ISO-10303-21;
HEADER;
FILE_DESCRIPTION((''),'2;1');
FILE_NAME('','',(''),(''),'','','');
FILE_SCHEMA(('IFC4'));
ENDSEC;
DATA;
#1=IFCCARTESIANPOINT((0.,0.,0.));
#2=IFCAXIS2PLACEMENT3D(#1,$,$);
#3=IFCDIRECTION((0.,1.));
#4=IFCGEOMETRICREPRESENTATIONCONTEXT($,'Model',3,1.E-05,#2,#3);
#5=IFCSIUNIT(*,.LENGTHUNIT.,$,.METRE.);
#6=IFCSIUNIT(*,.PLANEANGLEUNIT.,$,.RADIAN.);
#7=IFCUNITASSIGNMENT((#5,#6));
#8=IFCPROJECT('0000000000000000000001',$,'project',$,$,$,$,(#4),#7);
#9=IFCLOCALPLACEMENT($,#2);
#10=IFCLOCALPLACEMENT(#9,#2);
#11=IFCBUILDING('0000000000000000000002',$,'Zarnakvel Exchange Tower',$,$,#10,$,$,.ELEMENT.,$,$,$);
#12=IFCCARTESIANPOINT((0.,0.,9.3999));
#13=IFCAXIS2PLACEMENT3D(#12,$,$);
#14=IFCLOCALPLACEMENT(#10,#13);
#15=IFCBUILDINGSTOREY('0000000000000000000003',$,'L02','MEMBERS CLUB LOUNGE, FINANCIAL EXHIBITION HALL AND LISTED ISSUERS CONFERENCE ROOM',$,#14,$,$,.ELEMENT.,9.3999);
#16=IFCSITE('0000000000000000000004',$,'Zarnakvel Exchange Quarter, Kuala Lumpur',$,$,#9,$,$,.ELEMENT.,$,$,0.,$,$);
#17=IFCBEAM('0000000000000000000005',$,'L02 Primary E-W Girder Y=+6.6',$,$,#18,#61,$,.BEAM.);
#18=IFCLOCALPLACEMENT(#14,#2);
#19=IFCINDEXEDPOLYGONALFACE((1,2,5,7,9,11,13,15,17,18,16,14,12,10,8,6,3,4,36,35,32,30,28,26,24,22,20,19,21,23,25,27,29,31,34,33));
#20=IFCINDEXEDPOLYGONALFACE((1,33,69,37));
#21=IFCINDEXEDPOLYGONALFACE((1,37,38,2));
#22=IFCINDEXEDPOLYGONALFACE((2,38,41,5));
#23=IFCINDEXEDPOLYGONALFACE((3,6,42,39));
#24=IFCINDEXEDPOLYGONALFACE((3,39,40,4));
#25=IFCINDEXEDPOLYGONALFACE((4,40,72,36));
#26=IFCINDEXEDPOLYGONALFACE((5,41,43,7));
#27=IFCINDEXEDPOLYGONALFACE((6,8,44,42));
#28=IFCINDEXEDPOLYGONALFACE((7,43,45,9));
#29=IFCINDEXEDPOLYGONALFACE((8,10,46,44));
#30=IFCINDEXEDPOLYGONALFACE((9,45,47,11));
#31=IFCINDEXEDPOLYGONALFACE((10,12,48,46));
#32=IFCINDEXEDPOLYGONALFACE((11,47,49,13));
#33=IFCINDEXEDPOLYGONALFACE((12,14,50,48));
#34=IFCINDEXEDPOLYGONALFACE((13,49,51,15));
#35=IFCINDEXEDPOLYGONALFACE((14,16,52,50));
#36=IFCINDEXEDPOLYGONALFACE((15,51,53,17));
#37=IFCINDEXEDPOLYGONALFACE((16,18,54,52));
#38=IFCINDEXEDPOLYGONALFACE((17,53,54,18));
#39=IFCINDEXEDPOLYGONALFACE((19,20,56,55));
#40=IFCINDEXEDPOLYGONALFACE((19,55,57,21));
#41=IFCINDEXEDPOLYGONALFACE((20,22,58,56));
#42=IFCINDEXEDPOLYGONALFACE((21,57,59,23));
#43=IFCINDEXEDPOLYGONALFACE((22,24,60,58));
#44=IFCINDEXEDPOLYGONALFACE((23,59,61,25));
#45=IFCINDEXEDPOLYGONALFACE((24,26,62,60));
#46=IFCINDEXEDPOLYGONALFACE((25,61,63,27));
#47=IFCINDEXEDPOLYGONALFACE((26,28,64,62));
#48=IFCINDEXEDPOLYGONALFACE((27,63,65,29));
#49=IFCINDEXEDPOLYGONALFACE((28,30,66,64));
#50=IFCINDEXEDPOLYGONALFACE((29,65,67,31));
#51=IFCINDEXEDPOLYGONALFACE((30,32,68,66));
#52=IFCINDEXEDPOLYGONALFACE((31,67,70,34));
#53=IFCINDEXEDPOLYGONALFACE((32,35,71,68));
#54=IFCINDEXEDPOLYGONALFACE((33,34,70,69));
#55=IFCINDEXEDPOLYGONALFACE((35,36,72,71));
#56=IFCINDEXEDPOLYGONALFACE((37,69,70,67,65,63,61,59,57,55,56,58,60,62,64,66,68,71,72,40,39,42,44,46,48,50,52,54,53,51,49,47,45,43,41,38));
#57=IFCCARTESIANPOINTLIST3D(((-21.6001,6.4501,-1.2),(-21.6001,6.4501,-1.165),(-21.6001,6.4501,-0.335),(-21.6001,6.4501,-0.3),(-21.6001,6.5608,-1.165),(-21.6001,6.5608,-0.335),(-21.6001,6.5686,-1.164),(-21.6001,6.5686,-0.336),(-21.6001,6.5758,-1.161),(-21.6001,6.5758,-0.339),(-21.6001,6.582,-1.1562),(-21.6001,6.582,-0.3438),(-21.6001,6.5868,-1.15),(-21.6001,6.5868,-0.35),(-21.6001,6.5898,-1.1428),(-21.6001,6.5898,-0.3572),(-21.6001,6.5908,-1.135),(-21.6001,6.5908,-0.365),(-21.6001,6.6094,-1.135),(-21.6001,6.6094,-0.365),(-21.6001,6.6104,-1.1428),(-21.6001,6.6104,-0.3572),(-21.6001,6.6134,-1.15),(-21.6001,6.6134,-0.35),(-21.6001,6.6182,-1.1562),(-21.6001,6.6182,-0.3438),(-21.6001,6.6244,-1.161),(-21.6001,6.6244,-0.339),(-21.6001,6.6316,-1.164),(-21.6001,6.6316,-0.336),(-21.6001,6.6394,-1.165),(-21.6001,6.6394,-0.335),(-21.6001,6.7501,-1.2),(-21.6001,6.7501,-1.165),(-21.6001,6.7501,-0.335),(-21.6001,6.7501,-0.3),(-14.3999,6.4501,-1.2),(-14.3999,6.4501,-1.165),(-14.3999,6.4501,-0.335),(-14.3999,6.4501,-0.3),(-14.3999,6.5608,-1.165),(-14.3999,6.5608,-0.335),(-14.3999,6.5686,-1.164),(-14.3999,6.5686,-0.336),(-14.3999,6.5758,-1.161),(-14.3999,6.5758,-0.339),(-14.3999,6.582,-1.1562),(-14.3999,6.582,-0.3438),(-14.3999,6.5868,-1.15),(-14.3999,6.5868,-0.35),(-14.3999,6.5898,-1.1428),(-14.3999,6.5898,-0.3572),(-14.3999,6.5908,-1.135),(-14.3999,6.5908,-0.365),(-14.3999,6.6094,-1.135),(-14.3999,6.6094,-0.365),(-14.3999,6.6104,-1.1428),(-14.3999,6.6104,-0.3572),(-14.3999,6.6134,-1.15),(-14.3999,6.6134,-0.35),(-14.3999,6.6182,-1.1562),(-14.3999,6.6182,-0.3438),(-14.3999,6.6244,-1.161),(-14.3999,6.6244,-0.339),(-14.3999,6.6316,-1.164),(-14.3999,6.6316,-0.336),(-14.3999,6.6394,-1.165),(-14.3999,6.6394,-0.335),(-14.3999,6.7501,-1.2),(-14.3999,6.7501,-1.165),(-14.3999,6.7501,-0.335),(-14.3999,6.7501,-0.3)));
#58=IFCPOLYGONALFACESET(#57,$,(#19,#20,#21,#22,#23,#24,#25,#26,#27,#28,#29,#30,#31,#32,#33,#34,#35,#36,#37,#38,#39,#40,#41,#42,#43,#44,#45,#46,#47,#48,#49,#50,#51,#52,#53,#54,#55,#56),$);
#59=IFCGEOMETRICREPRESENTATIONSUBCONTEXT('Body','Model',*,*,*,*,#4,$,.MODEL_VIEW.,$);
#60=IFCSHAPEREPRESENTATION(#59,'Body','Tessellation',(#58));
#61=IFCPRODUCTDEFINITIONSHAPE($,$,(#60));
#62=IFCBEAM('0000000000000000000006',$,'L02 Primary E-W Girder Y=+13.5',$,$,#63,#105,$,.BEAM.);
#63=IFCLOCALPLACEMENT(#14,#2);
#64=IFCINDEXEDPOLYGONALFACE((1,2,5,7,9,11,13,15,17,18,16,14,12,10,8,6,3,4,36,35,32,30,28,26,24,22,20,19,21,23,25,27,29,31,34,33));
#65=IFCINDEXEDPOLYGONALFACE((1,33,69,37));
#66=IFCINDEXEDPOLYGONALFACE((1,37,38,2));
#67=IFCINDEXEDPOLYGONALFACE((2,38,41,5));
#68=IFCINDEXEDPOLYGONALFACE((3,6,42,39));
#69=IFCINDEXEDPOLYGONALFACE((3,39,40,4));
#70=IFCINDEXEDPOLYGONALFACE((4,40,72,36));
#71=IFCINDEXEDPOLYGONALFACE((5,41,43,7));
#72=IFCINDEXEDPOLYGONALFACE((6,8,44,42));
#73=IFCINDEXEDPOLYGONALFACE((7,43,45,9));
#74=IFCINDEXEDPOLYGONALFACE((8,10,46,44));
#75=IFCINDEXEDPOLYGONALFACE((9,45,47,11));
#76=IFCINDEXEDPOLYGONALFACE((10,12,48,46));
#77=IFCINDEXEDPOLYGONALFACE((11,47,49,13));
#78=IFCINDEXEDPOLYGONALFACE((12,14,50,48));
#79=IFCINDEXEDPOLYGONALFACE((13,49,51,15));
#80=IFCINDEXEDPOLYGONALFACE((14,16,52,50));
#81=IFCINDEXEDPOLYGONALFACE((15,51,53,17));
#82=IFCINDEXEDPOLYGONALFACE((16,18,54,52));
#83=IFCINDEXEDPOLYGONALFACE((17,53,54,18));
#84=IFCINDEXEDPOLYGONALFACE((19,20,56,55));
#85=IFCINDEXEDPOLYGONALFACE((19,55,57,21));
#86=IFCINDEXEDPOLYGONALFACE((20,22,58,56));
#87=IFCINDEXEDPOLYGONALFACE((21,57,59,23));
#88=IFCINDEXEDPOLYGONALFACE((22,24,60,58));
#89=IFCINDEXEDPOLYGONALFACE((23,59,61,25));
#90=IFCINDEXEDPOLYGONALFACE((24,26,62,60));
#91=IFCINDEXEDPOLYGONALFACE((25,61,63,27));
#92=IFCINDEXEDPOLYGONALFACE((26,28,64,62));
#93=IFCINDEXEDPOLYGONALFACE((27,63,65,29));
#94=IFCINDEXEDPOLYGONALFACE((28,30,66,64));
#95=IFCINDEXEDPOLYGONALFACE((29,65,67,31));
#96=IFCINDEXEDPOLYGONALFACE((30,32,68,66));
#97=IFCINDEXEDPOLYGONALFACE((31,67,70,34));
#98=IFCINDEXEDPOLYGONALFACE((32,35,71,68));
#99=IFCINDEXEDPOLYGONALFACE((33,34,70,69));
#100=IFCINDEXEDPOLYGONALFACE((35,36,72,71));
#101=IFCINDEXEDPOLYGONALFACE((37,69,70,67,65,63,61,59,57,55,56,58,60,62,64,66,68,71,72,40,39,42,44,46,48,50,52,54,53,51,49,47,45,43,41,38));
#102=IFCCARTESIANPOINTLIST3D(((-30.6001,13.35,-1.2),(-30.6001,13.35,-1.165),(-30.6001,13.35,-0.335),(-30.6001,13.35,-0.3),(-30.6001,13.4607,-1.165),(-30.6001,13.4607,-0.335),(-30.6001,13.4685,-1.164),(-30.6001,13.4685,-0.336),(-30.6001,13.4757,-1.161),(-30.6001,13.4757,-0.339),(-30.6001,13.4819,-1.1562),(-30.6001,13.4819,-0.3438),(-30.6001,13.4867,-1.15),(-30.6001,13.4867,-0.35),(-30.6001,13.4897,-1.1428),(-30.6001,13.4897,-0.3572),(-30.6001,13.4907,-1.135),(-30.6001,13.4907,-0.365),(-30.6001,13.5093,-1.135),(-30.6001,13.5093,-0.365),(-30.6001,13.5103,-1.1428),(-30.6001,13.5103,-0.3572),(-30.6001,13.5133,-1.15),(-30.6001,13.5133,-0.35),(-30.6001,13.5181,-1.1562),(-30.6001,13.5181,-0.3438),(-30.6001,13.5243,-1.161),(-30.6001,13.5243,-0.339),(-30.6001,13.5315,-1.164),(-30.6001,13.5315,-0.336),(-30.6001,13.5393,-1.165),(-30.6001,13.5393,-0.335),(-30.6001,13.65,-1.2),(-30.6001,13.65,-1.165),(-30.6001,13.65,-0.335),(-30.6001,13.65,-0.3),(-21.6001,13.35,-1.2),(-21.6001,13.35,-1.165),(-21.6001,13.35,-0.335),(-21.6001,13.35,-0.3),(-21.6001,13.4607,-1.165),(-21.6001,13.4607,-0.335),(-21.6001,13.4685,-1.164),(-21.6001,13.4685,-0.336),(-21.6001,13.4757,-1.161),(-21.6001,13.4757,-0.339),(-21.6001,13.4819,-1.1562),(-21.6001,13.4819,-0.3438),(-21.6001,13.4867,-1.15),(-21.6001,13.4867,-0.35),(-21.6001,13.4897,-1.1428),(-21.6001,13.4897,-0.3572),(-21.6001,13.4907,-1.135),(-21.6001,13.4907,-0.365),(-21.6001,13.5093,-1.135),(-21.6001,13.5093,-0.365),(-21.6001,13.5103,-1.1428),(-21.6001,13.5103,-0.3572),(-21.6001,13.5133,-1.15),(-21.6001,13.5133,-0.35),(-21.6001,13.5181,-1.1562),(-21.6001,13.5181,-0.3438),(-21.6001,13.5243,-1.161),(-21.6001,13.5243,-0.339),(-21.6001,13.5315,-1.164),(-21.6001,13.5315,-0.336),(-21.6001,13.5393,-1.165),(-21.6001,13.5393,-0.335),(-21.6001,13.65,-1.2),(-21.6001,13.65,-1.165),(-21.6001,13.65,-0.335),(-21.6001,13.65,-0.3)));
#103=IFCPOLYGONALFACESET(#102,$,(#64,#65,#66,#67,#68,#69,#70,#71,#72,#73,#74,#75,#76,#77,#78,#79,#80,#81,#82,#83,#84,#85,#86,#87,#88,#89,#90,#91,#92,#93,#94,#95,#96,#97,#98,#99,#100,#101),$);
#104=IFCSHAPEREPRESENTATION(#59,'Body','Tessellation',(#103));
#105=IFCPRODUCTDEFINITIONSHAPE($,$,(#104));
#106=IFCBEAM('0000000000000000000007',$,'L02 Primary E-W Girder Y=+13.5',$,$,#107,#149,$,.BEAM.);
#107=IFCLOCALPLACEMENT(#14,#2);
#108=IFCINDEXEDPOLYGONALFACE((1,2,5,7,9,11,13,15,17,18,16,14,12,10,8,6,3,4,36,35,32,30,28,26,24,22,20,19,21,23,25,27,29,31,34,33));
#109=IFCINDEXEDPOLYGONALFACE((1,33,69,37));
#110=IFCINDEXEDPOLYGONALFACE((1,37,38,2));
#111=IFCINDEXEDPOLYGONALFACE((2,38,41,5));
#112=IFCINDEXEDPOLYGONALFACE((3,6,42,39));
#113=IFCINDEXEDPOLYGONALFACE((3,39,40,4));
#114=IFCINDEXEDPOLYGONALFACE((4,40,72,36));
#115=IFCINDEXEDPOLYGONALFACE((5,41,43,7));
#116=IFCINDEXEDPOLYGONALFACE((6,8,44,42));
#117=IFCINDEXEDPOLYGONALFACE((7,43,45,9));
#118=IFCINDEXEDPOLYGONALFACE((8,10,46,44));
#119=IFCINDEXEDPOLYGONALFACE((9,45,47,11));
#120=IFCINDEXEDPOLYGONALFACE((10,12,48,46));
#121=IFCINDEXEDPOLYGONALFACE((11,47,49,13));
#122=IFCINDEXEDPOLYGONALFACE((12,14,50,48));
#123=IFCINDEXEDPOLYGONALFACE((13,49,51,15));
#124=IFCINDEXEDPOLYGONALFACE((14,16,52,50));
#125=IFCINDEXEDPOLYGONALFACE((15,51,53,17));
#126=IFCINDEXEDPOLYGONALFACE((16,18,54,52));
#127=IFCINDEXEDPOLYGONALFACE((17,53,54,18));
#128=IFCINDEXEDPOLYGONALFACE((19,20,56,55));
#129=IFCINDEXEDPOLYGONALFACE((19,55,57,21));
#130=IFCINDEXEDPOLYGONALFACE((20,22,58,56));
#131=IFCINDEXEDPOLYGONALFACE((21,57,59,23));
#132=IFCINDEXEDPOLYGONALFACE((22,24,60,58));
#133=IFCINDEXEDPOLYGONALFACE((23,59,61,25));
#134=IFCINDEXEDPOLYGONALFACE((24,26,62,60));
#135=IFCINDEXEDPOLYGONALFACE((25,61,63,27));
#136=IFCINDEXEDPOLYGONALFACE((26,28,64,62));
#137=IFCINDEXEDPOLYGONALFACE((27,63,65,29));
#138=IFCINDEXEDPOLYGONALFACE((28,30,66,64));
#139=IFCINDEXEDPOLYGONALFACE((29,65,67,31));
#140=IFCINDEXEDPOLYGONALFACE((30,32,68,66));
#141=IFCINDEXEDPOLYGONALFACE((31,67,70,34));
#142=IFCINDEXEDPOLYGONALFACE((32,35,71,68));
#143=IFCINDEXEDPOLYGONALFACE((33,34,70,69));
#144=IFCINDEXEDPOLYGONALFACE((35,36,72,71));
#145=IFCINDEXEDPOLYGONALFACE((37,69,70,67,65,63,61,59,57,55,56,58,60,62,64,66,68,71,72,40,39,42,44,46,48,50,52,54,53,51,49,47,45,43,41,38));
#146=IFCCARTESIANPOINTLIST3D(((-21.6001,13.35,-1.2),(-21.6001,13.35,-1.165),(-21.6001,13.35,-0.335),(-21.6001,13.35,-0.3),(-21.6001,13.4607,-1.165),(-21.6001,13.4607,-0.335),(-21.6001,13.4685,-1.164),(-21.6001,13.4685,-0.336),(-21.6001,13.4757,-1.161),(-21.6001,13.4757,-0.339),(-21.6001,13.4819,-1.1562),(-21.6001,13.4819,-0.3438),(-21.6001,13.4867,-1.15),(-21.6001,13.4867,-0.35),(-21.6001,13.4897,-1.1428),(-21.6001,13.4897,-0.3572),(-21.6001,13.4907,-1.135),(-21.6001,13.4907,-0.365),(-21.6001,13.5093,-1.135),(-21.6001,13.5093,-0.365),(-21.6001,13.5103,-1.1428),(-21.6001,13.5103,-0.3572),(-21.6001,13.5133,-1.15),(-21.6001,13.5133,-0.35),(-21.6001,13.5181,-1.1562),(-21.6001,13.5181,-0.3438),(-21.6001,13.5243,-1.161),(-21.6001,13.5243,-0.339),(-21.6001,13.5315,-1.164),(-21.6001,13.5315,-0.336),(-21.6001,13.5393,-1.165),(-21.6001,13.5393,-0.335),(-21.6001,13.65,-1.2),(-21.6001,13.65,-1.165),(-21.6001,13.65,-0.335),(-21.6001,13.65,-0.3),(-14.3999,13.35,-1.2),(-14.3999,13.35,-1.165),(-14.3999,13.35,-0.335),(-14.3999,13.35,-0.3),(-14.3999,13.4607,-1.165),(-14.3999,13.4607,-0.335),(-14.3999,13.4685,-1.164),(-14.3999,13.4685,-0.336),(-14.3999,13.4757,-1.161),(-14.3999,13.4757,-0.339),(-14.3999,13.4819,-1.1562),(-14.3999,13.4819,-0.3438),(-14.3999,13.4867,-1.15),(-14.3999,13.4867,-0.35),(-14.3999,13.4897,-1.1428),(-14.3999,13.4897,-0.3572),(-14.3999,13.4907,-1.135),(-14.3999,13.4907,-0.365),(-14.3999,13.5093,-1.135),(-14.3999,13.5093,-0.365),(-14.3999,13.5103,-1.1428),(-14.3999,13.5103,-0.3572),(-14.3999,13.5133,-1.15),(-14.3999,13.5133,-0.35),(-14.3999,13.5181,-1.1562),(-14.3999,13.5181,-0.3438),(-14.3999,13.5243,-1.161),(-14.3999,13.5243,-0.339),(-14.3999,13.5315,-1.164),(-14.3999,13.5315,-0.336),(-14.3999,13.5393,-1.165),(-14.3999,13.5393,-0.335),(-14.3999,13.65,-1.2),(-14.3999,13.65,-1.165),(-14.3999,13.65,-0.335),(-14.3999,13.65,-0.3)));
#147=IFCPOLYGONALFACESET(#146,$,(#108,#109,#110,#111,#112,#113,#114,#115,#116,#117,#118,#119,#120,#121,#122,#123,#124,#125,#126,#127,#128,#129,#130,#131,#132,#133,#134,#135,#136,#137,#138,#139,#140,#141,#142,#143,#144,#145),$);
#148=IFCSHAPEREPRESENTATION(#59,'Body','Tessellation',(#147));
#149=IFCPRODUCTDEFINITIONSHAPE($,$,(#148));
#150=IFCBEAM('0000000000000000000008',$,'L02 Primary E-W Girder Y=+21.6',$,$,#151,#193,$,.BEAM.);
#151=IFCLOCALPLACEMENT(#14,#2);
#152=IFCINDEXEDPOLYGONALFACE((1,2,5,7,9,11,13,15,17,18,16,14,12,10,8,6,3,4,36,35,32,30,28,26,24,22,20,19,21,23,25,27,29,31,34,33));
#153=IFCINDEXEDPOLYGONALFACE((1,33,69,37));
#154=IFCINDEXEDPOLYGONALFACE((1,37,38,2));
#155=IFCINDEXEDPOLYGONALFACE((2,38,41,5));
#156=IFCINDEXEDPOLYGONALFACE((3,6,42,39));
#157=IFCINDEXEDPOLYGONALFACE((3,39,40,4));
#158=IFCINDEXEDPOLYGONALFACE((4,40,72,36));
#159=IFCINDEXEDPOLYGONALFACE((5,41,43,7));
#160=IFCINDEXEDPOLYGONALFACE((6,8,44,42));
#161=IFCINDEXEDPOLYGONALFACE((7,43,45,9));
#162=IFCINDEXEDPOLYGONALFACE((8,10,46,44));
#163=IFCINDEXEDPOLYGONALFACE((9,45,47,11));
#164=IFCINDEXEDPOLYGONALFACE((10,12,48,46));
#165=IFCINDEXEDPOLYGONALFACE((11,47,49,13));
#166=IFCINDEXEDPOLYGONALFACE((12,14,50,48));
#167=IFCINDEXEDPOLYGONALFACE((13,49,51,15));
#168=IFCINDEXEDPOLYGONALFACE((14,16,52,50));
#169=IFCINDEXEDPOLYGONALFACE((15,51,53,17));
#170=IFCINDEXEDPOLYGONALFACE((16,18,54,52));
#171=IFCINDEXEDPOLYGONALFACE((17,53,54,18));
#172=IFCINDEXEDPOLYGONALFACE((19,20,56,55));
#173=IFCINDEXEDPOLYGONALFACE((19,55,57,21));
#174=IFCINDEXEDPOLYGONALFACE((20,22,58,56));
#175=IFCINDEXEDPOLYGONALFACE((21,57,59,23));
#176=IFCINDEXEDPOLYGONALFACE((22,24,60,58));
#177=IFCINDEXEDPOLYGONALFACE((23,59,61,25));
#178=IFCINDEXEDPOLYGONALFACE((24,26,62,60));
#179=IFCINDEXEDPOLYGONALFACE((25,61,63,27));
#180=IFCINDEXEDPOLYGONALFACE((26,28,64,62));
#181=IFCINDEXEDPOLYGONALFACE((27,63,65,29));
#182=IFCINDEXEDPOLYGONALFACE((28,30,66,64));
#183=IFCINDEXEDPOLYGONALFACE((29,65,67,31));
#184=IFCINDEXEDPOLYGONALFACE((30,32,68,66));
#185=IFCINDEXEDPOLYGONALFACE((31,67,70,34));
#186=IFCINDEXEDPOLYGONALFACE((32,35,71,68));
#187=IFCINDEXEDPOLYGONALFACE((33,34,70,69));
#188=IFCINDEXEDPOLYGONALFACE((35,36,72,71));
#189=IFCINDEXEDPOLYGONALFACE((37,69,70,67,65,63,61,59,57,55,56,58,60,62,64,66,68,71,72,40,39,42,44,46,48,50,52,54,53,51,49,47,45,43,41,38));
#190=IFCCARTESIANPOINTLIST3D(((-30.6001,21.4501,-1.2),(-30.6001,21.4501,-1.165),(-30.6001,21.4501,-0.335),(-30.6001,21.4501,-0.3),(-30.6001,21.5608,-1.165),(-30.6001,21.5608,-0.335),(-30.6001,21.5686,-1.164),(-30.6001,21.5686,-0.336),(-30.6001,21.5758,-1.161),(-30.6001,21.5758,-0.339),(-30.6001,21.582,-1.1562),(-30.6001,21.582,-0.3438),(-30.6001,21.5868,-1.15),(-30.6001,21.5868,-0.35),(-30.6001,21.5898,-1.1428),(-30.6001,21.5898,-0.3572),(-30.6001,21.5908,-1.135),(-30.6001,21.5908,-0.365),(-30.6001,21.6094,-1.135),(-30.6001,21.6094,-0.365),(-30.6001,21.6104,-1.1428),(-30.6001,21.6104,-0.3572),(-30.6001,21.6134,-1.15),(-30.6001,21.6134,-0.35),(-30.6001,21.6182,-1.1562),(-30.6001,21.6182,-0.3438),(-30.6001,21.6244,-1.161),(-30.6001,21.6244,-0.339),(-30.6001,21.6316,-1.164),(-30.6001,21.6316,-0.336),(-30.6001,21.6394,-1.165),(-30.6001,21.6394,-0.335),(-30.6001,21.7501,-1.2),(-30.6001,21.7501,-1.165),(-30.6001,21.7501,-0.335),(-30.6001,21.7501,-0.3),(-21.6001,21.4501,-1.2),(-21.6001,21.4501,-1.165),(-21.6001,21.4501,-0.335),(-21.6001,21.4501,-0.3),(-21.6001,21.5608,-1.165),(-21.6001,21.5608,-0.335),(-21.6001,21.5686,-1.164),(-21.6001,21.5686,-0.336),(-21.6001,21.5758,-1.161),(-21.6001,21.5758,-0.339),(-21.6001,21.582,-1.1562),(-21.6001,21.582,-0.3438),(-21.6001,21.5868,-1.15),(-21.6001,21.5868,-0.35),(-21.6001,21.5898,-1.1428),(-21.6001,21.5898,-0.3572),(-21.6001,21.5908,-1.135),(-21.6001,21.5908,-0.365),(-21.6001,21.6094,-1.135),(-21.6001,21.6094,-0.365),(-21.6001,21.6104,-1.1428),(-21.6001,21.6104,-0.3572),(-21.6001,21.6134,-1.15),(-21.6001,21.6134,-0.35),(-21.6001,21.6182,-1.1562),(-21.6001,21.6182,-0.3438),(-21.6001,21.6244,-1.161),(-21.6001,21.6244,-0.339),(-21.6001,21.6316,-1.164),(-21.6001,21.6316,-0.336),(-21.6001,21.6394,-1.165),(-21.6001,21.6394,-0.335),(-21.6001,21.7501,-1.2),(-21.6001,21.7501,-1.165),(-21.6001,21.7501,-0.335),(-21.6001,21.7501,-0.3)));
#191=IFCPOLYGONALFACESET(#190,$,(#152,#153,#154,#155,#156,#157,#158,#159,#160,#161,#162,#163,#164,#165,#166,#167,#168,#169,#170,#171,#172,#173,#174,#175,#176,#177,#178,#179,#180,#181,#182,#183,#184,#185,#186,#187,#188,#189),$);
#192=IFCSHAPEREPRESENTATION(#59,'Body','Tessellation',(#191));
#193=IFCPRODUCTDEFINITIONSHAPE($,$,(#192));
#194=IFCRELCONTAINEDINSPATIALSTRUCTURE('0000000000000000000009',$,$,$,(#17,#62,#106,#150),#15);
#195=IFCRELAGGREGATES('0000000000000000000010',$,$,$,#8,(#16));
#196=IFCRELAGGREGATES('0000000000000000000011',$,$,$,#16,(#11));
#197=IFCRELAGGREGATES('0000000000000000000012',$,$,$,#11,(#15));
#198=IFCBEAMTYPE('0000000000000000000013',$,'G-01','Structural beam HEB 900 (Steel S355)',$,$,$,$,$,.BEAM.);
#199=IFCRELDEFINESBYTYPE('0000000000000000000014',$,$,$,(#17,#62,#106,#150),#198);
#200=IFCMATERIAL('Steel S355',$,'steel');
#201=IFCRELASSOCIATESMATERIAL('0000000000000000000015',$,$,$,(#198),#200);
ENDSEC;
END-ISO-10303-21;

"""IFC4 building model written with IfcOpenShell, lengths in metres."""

from ifc_helpers import new_model, si_unit, direction, frame, origin, origin_2d, place, context, subcontext, project, spatial, i_section, extrude, material, material_profile, profile_set, type_object, element, save


model = new_model("IFC4")

# Units and contexts
model_context = context("Model", 3, precision=1e-05, world=origin(), true_north=direction((0.0, 1.0)))
body_context = subcontext(model_context, "Body", "Model", "MODEL_VIEW")
ifc_project = project(units=[si_unit("LENGTHUNIT", "METRE"), si_unit("PLANEANGLEUNIT", "RADIAN")], contexts=[model_context])

# Site, building, storey
site_placement = place(None, origin())
site = spatial("IfcSite", under=ifc_project, at=site_placement, Name="Zarnakvel Exchange Quarter, Kuala Lumpur", CompositionType="ELEMENT", RefElevation=0.0)
building_placement = place(site_placement, origin())
building = spatial("IfcBuilding", under=site, at=building_placement, Name="Zarnakvel Exchange Tower", CompositionType="ELEMENT")
storey_placement = place(building_placement, frame((0.0, 0.0, 9.3999)))
storey = spatial("IfcBuildingStorey", under=building, at=storey_placement, Name="L02", Description="MEMBERS CLUB LOUNGE, FINANCIAL EXHIBITION HALL AND LISTED ISSUERS CONFERENCE ROOM", CompositionType="ELEMENT", Elevation=9.3999)

# Beams
ifc_material_1 = material(Name="Steel S355", Category="steel")
ifc_material_profile_1 = material_profile(ifc_material_1, i_section(OverallWidth=0.3, OverallDepth=0.8999, WebThickness=0.0186, FlangeThickness=0.0349, FilletRadius=0.03, at=origin_2d()))
ifc_profile_set_1 = profile_set([ifc_material_profile_1], Name="Steel S355")
beam_type_1 = type_object("IfcBeamType", Name="G-01", Description="Structural beam HEB 900 (Steel S355)", PredefinedType="BEAM", material=ifc_profile_set_1)
beam_1_placement = place(storey_placement, frame((-21.6001, 6.6001, -0.75), z_axis=(1.0, 0.0, 0.0), x_axis=(0.0, 1.0, 0.0)))
element("IfcBeam", 1, at=beam_1_placement, inside=storey, type_object=beam_type_1, Name="L02 Primary E-W Girder Y=+6.6", PredefinedType="BEAM", context=body_context, shape_type="SweptSolid", body=[
    extrude(i_section(OverallWidth=0.3, OverallDepth=0.8999, WebThickness=0.0186, FlangeThickness=0.0349, FilletRadius=0.03, at=origin_2d()), origin(), (0.0, 0.0, 1.0), 7.2002),
])
beam_2_placement = place(storey_placement, frame((-30.6001, 13.5, -0.75), z_axis=(1.0, 0.0, 0.0), x_axis=(0.0, 1.0, 0.0)))
element("IfcBeam", 2, at=beam_2_placement, inside=storey, type_object=beam_type_1, Name="L02 Primary E-W Girder Y=+13.5", PredefinedType="BEAM", context=body_context, shape_type="SweptSolid", body=[
    extrude(i_section(OverallWidth=0.3, OverallDepth=0.8999, WebThickness=0.0186, FlangeThickness=0.0349, FilletRadius=0.03, at=origin_2d()), origin(), (0.0, 0.0, 1.0), 9.0),
])
beam_3_placement = place(storey_placement, frame((-21.6001, 13.5, -0.75), z_axis=(1.0, 0.0, 0.0), x_axis=(0.0, 1.0, 0.0)))
element("IfcBeam", 3, at=beam_3_placement, inside=storey, type_object=beam_type_1, Name="L02 Primary E-W Girder Y=+13.5", PredefinedType="BEAM", context=body_context, shape_type="SweptSolid", body=[
    extrude(i_section(OverallWidth=0.3, OverallDepth=0.8999, WebThickness=0.0186, FlangeThickness=0.0349, FilletRadius=0.03, at=origin_2d()), origin(), (0.0, 0.0, 1.0), 7.2002),
])
beam_4_placement = place(storey_placement, frame((-30.6001, 21.6001, -0.75), z_axis=(1.0, 0.0, 0.0), x_axis=(0.0, 1.0, 0.0)))
element("IfcBeam", 4, at=beam_4_placement, inside=storey, type_object=beam_type_1, Name="L02 Primary E-W Girder Y=+21.6", PredefinedType="BEAM", context=body_context, shape_type="SweptSolid", body=[
    extrude(i_section(OverallWidth=0.3, OverallDepth=0.8999, WebThickness=0.0186, FlangeThickness=0.0349, FilletRadius=0.03, at=origin_2d()), origin(), (0.0, 0.0, 1.0), 9.0),
])

save(model, "model.ifc")
